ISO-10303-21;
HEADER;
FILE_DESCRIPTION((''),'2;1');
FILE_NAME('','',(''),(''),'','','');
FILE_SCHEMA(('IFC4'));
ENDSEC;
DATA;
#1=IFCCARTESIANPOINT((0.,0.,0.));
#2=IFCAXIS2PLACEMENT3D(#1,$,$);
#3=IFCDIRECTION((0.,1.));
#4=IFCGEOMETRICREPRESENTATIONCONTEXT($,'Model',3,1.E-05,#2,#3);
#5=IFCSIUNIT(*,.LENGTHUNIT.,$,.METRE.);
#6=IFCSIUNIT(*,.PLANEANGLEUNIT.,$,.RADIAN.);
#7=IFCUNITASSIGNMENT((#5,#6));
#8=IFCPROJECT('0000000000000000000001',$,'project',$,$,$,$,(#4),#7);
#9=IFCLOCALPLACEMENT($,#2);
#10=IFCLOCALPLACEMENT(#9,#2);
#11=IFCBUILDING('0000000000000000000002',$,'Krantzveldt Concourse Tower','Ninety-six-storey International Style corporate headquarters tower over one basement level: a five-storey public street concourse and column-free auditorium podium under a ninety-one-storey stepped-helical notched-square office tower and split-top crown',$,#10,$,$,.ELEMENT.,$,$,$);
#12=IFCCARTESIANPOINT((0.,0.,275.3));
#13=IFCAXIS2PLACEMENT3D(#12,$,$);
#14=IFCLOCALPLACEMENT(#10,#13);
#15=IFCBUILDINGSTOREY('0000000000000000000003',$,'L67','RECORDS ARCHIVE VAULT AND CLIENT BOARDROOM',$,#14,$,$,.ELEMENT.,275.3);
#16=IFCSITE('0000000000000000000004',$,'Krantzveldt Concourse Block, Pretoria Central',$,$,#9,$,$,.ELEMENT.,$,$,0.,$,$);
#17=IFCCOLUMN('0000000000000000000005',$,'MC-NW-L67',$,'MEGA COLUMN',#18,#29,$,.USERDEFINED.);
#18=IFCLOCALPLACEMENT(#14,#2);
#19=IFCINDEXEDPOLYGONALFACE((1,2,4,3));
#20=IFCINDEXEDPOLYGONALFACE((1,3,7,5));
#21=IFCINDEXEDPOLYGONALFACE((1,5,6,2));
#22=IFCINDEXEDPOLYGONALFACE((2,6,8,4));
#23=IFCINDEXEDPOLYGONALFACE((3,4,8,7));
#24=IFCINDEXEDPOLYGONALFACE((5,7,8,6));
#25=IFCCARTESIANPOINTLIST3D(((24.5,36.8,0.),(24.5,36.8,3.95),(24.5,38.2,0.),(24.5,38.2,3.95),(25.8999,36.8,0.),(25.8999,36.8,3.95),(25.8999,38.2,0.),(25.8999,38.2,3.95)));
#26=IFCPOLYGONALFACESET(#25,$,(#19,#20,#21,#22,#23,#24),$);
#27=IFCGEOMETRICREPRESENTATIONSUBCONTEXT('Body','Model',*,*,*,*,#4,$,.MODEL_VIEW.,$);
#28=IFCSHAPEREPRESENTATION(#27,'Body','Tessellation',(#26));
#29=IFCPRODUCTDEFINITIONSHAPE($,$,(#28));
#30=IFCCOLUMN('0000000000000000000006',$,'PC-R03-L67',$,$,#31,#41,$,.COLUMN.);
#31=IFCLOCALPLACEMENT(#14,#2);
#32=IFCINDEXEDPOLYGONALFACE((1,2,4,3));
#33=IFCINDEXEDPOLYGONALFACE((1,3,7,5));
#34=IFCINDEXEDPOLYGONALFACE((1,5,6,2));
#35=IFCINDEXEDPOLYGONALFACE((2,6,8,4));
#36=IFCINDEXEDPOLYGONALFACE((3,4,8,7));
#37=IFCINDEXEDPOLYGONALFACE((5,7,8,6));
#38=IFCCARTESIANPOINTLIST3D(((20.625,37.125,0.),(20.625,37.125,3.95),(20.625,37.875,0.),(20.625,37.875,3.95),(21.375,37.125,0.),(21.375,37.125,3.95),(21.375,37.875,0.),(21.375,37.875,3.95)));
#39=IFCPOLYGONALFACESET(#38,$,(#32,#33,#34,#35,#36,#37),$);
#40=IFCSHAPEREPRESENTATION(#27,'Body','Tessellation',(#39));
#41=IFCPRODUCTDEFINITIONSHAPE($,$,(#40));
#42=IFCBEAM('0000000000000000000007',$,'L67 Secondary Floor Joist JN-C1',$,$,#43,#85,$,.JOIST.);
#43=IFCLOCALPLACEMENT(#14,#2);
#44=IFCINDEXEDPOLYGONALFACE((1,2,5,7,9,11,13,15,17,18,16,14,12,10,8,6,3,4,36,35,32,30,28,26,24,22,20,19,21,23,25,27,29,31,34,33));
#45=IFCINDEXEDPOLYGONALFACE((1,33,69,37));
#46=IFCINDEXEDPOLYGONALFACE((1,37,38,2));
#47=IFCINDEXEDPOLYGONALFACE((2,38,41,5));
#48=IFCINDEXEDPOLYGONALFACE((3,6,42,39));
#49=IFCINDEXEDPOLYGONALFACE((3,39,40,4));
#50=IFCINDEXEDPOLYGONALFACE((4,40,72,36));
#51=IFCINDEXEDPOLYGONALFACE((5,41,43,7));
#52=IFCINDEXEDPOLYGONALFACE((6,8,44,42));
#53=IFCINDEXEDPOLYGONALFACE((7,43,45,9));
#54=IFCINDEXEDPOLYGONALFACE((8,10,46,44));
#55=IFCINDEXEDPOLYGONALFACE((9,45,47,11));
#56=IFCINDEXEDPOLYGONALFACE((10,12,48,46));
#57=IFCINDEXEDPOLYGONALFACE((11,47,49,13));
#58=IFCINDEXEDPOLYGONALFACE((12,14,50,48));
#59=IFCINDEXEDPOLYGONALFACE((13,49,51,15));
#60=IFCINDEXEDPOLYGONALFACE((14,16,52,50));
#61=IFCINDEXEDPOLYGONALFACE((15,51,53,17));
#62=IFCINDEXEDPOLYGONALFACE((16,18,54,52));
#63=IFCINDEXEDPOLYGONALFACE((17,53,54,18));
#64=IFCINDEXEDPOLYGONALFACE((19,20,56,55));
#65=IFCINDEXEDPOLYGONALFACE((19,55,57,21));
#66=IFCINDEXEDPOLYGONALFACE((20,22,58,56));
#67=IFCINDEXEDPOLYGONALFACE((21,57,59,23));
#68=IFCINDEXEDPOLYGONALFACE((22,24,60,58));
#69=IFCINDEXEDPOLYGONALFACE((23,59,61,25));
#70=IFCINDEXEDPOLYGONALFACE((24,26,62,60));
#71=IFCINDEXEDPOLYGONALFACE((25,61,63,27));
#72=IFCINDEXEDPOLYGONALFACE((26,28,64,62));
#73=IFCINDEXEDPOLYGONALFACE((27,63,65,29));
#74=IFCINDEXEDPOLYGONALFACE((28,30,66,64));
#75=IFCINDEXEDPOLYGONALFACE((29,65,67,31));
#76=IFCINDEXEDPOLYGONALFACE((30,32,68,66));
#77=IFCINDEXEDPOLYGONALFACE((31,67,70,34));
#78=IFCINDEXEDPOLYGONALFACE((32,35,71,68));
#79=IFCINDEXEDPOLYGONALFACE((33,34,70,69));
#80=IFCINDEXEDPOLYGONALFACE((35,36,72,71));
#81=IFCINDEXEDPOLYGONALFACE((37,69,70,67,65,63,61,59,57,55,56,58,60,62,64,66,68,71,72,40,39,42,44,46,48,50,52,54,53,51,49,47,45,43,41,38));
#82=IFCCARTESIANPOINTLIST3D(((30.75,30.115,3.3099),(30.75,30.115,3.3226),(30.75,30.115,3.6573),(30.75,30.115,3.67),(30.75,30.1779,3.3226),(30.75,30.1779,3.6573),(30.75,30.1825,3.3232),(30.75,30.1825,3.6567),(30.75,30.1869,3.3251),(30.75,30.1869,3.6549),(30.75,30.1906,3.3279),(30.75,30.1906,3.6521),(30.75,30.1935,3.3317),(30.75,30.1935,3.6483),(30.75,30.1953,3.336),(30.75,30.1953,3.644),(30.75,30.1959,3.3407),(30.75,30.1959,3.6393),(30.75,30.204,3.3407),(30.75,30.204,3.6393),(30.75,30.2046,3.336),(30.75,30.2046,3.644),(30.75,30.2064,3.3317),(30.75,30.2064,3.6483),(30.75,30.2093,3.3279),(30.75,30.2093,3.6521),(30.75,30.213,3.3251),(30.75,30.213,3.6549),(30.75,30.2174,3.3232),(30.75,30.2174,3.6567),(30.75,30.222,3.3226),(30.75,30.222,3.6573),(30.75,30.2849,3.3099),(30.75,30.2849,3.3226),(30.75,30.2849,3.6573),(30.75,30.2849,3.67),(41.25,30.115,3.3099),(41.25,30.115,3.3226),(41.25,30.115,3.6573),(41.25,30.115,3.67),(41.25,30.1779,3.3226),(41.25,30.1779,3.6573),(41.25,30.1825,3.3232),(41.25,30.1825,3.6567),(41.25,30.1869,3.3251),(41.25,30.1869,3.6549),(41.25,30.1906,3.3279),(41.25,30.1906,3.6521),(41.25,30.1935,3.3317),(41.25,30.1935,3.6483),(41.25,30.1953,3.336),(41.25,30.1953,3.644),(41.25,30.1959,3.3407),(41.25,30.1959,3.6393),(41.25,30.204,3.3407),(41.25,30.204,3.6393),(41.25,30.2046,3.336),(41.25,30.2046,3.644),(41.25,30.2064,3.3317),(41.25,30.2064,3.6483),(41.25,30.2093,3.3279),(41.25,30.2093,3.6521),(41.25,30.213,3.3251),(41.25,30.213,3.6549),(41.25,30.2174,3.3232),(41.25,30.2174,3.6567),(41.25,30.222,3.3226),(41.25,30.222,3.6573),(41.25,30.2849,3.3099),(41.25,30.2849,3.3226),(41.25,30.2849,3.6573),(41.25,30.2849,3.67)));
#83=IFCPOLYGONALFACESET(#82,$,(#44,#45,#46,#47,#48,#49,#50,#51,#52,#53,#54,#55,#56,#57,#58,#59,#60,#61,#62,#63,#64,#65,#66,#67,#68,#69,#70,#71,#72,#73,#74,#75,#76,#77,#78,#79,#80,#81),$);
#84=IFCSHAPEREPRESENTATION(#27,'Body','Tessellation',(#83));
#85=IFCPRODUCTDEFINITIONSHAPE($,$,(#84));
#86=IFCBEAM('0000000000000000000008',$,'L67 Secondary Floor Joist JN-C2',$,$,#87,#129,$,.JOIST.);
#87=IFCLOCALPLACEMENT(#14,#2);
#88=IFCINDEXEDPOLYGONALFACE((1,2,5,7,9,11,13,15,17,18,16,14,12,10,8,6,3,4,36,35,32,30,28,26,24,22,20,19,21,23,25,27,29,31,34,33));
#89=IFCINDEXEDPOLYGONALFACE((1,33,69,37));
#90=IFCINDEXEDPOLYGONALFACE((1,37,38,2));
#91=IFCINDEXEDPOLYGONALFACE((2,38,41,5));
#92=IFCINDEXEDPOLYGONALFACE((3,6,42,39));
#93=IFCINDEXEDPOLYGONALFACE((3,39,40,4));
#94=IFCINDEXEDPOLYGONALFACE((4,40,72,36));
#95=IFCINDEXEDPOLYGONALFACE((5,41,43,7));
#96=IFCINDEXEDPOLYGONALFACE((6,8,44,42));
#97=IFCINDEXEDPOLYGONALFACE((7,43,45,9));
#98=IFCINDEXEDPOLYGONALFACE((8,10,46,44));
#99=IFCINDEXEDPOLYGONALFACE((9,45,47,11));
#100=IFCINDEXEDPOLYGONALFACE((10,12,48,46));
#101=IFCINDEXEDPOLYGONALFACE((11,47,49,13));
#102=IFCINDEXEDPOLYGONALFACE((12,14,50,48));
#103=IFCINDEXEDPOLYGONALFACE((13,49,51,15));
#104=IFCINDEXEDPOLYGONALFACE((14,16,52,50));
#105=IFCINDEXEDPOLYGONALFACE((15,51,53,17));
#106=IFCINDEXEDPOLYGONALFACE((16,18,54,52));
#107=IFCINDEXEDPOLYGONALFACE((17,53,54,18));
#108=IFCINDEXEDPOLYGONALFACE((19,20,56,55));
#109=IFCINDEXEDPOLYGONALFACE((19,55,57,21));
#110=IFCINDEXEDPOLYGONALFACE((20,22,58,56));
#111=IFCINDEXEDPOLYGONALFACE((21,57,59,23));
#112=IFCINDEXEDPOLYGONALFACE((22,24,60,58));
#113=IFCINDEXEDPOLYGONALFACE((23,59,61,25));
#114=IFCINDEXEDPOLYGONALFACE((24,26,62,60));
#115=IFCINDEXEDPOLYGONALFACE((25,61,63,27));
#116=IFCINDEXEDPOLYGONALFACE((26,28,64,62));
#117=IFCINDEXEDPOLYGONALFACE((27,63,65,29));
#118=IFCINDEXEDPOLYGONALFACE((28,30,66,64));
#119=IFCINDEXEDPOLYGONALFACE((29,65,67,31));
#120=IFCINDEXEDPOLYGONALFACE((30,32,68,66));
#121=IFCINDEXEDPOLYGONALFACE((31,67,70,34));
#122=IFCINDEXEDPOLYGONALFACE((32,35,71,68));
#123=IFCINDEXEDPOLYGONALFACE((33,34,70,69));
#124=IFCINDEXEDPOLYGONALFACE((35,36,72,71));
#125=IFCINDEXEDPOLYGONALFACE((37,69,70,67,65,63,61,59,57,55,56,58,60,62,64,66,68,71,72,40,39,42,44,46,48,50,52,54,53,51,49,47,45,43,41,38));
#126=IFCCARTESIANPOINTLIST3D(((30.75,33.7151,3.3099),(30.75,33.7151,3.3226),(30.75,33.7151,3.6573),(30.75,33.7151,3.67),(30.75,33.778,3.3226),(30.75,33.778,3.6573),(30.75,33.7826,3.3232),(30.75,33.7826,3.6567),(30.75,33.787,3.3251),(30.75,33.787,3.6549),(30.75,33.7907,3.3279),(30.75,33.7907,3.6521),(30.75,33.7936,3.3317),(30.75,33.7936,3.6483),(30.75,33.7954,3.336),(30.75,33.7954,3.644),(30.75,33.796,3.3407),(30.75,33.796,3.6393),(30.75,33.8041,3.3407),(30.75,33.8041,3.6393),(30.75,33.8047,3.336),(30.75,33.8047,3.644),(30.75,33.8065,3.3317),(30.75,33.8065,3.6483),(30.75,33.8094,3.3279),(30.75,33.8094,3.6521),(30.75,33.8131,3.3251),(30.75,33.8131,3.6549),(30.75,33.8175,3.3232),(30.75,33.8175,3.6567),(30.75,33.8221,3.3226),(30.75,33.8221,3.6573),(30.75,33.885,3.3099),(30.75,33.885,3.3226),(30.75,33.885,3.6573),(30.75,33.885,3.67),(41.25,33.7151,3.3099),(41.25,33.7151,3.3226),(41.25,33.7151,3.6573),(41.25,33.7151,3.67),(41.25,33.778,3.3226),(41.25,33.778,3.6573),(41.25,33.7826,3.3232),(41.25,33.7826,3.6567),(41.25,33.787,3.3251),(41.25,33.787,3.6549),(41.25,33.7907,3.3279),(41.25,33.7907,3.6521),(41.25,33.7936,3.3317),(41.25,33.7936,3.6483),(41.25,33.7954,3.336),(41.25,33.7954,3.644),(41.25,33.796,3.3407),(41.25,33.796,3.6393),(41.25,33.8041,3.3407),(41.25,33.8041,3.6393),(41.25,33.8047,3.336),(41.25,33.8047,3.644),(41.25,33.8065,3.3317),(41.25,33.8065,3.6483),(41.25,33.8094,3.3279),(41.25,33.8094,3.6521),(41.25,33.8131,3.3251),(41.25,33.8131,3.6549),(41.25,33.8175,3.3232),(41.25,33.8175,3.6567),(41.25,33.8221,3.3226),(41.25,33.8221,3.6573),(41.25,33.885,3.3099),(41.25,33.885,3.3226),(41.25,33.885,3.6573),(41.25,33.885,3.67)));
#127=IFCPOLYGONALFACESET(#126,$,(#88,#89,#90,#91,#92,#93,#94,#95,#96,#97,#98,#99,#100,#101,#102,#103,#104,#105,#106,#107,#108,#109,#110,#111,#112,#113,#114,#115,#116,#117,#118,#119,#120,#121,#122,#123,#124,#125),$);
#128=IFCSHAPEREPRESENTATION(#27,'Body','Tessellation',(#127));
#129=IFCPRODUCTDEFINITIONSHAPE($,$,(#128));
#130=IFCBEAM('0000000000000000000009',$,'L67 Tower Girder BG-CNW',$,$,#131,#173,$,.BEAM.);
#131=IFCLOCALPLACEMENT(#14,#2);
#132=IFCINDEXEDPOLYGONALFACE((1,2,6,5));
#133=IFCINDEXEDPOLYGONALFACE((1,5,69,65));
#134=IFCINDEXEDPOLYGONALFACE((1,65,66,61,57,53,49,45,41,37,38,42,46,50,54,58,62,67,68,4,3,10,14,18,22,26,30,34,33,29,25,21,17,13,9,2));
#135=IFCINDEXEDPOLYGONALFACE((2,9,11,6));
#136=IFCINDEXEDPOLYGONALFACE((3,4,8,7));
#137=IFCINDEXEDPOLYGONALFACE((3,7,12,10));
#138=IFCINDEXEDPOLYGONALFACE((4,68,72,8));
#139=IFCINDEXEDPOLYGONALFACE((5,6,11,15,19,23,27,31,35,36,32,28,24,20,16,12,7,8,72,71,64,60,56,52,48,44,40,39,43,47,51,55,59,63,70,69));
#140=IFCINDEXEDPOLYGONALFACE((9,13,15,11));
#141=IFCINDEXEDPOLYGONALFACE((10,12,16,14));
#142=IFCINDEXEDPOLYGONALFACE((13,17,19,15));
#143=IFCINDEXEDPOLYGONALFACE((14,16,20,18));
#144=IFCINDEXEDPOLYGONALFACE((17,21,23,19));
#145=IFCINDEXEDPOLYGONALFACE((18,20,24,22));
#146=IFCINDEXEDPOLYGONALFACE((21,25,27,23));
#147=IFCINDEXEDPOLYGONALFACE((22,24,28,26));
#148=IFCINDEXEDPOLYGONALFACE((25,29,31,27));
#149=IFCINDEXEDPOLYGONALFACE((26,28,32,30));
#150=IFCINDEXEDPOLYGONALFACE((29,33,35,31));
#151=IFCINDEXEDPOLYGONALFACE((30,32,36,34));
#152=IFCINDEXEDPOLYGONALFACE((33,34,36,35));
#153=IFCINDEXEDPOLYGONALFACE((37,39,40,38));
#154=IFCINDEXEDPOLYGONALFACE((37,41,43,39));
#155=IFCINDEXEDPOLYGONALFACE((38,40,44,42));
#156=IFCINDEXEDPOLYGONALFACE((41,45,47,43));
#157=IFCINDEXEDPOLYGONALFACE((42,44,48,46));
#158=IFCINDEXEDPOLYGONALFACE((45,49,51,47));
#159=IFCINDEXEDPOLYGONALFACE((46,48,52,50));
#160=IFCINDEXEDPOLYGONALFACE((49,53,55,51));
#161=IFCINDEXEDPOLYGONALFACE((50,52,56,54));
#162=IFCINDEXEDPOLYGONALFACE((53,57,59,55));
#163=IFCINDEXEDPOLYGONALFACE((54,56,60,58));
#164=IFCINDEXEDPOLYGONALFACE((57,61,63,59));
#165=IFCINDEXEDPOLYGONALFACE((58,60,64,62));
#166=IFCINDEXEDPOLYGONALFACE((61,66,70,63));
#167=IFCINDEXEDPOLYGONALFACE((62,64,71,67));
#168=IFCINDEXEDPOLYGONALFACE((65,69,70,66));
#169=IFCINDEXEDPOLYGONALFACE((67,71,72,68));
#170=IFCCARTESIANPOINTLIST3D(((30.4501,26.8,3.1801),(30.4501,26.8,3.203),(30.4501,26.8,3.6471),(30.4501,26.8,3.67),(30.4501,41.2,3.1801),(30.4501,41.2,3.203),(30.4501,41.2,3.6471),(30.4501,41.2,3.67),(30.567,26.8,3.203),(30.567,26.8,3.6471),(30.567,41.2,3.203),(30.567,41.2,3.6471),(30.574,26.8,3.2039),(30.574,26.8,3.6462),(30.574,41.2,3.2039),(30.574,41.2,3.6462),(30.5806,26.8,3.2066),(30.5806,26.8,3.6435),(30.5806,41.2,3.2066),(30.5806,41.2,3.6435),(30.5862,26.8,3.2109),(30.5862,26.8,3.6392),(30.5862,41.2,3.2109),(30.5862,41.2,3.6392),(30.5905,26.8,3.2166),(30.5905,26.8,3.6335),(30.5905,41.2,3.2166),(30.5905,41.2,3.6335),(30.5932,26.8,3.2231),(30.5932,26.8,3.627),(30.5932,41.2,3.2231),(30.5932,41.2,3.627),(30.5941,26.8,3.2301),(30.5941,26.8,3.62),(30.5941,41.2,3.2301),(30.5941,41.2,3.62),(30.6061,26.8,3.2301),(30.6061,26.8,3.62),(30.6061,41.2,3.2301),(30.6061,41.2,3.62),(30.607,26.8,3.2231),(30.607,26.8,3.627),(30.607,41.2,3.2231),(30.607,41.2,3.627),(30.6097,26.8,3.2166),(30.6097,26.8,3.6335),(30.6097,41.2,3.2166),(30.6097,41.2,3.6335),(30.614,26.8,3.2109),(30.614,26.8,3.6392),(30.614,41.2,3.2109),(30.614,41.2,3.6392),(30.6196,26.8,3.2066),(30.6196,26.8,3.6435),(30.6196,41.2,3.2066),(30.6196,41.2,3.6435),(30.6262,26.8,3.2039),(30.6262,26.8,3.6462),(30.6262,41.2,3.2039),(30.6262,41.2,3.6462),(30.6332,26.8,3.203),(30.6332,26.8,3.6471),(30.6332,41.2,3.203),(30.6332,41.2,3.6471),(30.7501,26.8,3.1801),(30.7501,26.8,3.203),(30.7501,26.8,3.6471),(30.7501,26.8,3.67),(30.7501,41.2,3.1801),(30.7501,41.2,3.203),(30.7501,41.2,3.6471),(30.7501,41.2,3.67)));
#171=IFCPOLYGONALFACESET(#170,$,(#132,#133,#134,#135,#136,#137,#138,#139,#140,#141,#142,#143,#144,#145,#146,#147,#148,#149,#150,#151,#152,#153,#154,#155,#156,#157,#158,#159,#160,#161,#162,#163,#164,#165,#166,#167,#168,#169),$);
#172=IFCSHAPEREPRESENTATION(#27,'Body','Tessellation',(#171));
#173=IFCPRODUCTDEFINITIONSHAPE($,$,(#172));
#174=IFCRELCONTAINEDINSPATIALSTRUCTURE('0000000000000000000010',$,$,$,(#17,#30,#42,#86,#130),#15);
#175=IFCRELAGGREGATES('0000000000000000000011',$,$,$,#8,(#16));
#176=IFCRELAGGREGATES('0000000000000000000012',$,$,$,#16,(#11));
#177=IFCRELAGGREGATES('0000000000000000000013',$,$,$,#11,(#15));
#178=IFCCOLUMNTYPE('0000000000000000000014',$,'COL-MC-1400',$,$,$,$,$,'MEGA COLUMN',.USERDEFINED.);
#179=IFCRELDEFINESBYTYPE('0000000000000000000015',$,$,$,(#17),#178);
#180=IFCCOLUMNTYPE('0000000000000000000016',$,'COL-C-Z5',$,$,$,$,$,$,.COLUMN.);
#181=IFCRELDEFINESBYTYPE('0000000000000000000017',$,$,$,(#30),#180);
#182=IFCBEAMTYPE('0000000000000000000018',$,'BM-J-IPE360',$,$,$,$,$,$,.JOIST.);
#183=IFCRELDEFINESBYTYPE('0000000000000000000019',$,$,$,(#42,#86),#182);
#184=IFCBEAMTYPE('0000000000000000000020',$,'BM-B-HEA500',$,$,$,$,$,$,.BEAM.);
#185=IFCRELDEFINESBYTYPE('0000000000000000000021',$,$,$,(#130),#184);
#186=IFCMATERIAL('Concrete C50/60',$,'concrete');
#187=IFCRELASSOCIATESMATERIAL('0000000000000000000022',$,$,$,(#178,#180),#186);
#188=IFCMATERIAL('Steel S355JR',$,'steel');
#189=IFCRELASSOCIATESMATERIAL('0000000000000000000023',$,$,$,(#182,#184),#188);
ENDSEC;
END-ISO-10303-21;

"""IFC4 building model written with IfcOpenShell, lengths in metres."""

from ifc_helpers import new_model, si_unit, direction, frame, origin, origin_2d, place, context, subcontext, project, spatial, rectangle, i_section, extrude, source, transform, mapped, material, material_profile, profile_set, type_object, type_shapes, element, save


model = new_model("IFC4")

# Units and contexts
model_context = context("Model", 3, precision=1e-05, world=origin(), true_north=direction((0.0, 1.0)))
body_context = subcontext(model_context, "Body", "Model", "MODEL_VIEW")
ifc_project = project(units=[si_unit("LENGTHUNIT", "METRE"), si_unit("PLANEANGLEUNIT", "RADIAN")], contexts=[model_context])

# Site, building, storey
site_placement = place(None, origin())
site = spatial("IfcSite", under=ifc_project, at=site_placement, Name="Krantzveldt Concourse Block, Pretoria Central", CompositionType="ELEMENT", RefElevation=0.0)
building_placement = place(site_placement, origin())
building = spatial("IfcBuilding", under=site, at=building_placement, Name="Krantzveldt Concourse Tower", Description="Ninety-six-storey International Style corporate headquarters tower over one basement level: a five-storey public street concourse and column-free auditorium podium under a ninety-one-storey stepped-helical notched-square office tower and split-top crown", CompositionType="ELEMENT")
storey_placement = place(building_placement, frame((0.0, 0.0, 275.3)))
storey = spatial("IfcBuildingStorey", under=building, at=storey_placement, Name="L67", Description="RECORDS ARCHIVE VAULT AND CLIENT BOARDROOM", CompositionType="ELEMENT", Elevation=275.3)

# Columns
ifc_material_1 = material(Name="Concrete C50/60", Category="concrete")
ifc_material_profile_1 = material_profile(ifc_material_1, rectangle(XDim=1.3999, YDim=1.3999, at=origin_2d()), Name="Concrete C50/60", Category="concrete")
ifc_profile_set_1 = profile_set([ifc_material_profile_1], Name="Concrete C50/60 - RC 1400x1400")
column_type_1 = type_object("IfcColumnType", Name="COL-MC-1400", ElementType="MEGA COLUMN", PredefinedType="USERDEFINED", material=ifc_profile_set_1)
shared_shape_1 = source(origin(), body_context, "Body", "SweptSolid", [
    extrude(rectangle(XDim=1.3999, YDim=1.3999, at=origin_2d()), origin(), (0.0, 0.0, 1.0), 3.95),
])
type_shapes(column_type_1, [shared_shape_1])
column_1_placement = place(storey_placement, frame((25.2, 37.5, 0.0), z_axis=(0.0, 0.0, 1.0), x_axis=(1.0, 0.0, 0.0)))
element("IfcColumn", 1, at=column_1_placement, inside=storey, type_object=column_type_1, Name="MC-NW-L67", ObjectType="MEGA COLUMN", PredefinedType="USERDEFINED", context=body_context, shape_type="MappedRepresentation", body=[
    mapped(shared_shape_1, transform((0.0, 0.0, 0.0), x_axis=(1.0, 0.0, 0.0), y_axis=(0.0, 1.0, 0.0), z_axis=(0.0, 0.0, 1.0), scale=1.0)),
])
ifc_material_profile_2 = material_profile(ifc_material_1, rectangle(XDim=0.75, YDim=0.75, at=origin_2d()), Name="Concrete C50/60", Category="concrete")
ifc_profile_set_2 = profile_set([ifc_material_profile_2], Name="Concrete C50/60 - RC 750x750")
column_type_2 = type_object("IfcColumnType", Name="COL-C-Z5", PredefinedType="COLUMN", material=ifc_profile_set_2)
shared_shape_2 = source(origin(), body_context, "Body", "SweptSolid", [
    extrude(rectangle(XDim=0.75, YDim=0.75, at=origin_2d()), origin(), (0.0, 0.0, 1.0), 3.95),
])
type_shapes(column_type_2, [shared_shape_2])
column_2_placement = place(storey_placement, frame((21.0, 37.5, 0.0), z_axis=(0.0, 0.0, 1.0), x_axis=(1.0, 0.0, 0.0)))
element("IfcColumn", 2, at=column_2_placement, inside=storey, type_object=column_type_2, Name="PC-R03-L67", PredefinedType="COLUMN", context=body_context, shape_type="MappedRepresentation", body=[
    mapped(shared_shape_2, transform((0.0, 0.0, 0.0), x_axis=(1.0, 0.0, 0.0), y_axis=(0.0, 1.0, 0.0), z_axis=(0.0, 0.0, 1.0), scale=1.0)),
])

# Beams
ifc_material_2 = material(Name="Steel S355JR", Category="steel")
ifc_material_profile_3 = material_profile(ifc_material_2, i_section(OverallWidth=0.1699, OverallDepth=0.3601, WebThickness=0.0081, FlangeThickness=0.0127, FilletRadius=0.0181, at=origin_2d()), Name="Steel S355JR", Category="steel")
ifc_profile_set_3 = profile_set([ifc_material_profile_3], Name="Steel S355JR - IPE 360")
beam_type_1 = type_object("IfcBeamType", Name="BM-J-IPE360", PredefinedType="JOIST", material=ifc_profile_set_3)
shared_shape_3 = source(origin(), body_context, "Body", "SweptSolid", [
    extrude(i_section(OverallWidth=0.1699, OverallDepth=0.3601, WebThickness=0.0081, FlangeThickness=0.0127, FilletRadius=0.0181, at=origin_2d()), origin(), (0.0, 0.0, 1.0), 10.5),
])
for number, where, z_axis, x_axis, name in (
    (3, (30.75, 30.2, 3.49), (1.0, 0.0, 0.0), (0.0, 1.0, 0.0), "L67 Secondary Floor Joist JN-C1"),
    (4, (30.75, 33.8, 3.49), (1.0, 0.0, 0.0), (0.0, 1.0, 0.0), "L67 Secondary Floor Joist JN-C2"),
):
    element("IfcBeam", number, at=place(storey_placement, frame(where, z_axis=z_axis, x_axis=x_axis)), inside=storey, type_object=beam_type_1, Name=name, PredefinedType="JOIST", context=body_context, shape_type="MappedRepresentation", body=[
        mapped(shared_shape_3, transform((0.0, 0.0, 0.0), x_axis=(1.0, 0.0, 0.0), y_axis=(0.0, 1.0, 0.0), z_axis=(0.0, 0.0, 1.0), scale=1.0)),
    ])
ifc_material_profile_4 = material_profile(ifc_material_2, i_section(OverallWidth=0.3, OverallDepth=0.49, WebThickness=0.012, FlangeThickness=0.0229, FilletRadius=0.0271, at=origin_2d()), Name="Steel S355JR", Category="steel")
ifc_profile_set_4 = profile_set([ifc_material_profile_4], Name="Steel S355JR - HEA 500")
beam_type_2 = type_object("IfcBeamType", Name="BM-B-HEA500", PredefinedType="BEAM", material=ifc_profile_set_4)
shared_shape_4 = source(origin(), body_context, "Body", "SweptSolid", [
    extrude(i_section(OverallWidth=0.3, OverallDepth=0.49, WebThickness=0.012, FlangeThickness=0.0229, FilletRadius=0.0271, at=origin_2d()), origin(), (0.0, 0.0, 1.0), 14.3999),
])
beam_1_placement = place(storey_placement, frame((30.6001, 26.8, 3.425), z_axis=(0.0, 1.0, 0.0), x_axis=(-1.0, 0.0, 0.0)))
element("IfcBeam", 5, at=beam_1_placement, inside=storey, type_object=beam_type_2, Name="L67 Tower Girder BG-CNW", PredefinedType="BEAM", context=body_context, shape_type="MappedRepresentation", body=[
    mapped(shared_shape_4, transform((0.0, 0.0, 0.0), x_axis=(1.0, 0.0, 0.0), y_axis=(0.0, 1.0, 0.0), z_axis=(0.0, 0.0, 1.0), scale=1.0)),
])

save(model, "model.ifc")
